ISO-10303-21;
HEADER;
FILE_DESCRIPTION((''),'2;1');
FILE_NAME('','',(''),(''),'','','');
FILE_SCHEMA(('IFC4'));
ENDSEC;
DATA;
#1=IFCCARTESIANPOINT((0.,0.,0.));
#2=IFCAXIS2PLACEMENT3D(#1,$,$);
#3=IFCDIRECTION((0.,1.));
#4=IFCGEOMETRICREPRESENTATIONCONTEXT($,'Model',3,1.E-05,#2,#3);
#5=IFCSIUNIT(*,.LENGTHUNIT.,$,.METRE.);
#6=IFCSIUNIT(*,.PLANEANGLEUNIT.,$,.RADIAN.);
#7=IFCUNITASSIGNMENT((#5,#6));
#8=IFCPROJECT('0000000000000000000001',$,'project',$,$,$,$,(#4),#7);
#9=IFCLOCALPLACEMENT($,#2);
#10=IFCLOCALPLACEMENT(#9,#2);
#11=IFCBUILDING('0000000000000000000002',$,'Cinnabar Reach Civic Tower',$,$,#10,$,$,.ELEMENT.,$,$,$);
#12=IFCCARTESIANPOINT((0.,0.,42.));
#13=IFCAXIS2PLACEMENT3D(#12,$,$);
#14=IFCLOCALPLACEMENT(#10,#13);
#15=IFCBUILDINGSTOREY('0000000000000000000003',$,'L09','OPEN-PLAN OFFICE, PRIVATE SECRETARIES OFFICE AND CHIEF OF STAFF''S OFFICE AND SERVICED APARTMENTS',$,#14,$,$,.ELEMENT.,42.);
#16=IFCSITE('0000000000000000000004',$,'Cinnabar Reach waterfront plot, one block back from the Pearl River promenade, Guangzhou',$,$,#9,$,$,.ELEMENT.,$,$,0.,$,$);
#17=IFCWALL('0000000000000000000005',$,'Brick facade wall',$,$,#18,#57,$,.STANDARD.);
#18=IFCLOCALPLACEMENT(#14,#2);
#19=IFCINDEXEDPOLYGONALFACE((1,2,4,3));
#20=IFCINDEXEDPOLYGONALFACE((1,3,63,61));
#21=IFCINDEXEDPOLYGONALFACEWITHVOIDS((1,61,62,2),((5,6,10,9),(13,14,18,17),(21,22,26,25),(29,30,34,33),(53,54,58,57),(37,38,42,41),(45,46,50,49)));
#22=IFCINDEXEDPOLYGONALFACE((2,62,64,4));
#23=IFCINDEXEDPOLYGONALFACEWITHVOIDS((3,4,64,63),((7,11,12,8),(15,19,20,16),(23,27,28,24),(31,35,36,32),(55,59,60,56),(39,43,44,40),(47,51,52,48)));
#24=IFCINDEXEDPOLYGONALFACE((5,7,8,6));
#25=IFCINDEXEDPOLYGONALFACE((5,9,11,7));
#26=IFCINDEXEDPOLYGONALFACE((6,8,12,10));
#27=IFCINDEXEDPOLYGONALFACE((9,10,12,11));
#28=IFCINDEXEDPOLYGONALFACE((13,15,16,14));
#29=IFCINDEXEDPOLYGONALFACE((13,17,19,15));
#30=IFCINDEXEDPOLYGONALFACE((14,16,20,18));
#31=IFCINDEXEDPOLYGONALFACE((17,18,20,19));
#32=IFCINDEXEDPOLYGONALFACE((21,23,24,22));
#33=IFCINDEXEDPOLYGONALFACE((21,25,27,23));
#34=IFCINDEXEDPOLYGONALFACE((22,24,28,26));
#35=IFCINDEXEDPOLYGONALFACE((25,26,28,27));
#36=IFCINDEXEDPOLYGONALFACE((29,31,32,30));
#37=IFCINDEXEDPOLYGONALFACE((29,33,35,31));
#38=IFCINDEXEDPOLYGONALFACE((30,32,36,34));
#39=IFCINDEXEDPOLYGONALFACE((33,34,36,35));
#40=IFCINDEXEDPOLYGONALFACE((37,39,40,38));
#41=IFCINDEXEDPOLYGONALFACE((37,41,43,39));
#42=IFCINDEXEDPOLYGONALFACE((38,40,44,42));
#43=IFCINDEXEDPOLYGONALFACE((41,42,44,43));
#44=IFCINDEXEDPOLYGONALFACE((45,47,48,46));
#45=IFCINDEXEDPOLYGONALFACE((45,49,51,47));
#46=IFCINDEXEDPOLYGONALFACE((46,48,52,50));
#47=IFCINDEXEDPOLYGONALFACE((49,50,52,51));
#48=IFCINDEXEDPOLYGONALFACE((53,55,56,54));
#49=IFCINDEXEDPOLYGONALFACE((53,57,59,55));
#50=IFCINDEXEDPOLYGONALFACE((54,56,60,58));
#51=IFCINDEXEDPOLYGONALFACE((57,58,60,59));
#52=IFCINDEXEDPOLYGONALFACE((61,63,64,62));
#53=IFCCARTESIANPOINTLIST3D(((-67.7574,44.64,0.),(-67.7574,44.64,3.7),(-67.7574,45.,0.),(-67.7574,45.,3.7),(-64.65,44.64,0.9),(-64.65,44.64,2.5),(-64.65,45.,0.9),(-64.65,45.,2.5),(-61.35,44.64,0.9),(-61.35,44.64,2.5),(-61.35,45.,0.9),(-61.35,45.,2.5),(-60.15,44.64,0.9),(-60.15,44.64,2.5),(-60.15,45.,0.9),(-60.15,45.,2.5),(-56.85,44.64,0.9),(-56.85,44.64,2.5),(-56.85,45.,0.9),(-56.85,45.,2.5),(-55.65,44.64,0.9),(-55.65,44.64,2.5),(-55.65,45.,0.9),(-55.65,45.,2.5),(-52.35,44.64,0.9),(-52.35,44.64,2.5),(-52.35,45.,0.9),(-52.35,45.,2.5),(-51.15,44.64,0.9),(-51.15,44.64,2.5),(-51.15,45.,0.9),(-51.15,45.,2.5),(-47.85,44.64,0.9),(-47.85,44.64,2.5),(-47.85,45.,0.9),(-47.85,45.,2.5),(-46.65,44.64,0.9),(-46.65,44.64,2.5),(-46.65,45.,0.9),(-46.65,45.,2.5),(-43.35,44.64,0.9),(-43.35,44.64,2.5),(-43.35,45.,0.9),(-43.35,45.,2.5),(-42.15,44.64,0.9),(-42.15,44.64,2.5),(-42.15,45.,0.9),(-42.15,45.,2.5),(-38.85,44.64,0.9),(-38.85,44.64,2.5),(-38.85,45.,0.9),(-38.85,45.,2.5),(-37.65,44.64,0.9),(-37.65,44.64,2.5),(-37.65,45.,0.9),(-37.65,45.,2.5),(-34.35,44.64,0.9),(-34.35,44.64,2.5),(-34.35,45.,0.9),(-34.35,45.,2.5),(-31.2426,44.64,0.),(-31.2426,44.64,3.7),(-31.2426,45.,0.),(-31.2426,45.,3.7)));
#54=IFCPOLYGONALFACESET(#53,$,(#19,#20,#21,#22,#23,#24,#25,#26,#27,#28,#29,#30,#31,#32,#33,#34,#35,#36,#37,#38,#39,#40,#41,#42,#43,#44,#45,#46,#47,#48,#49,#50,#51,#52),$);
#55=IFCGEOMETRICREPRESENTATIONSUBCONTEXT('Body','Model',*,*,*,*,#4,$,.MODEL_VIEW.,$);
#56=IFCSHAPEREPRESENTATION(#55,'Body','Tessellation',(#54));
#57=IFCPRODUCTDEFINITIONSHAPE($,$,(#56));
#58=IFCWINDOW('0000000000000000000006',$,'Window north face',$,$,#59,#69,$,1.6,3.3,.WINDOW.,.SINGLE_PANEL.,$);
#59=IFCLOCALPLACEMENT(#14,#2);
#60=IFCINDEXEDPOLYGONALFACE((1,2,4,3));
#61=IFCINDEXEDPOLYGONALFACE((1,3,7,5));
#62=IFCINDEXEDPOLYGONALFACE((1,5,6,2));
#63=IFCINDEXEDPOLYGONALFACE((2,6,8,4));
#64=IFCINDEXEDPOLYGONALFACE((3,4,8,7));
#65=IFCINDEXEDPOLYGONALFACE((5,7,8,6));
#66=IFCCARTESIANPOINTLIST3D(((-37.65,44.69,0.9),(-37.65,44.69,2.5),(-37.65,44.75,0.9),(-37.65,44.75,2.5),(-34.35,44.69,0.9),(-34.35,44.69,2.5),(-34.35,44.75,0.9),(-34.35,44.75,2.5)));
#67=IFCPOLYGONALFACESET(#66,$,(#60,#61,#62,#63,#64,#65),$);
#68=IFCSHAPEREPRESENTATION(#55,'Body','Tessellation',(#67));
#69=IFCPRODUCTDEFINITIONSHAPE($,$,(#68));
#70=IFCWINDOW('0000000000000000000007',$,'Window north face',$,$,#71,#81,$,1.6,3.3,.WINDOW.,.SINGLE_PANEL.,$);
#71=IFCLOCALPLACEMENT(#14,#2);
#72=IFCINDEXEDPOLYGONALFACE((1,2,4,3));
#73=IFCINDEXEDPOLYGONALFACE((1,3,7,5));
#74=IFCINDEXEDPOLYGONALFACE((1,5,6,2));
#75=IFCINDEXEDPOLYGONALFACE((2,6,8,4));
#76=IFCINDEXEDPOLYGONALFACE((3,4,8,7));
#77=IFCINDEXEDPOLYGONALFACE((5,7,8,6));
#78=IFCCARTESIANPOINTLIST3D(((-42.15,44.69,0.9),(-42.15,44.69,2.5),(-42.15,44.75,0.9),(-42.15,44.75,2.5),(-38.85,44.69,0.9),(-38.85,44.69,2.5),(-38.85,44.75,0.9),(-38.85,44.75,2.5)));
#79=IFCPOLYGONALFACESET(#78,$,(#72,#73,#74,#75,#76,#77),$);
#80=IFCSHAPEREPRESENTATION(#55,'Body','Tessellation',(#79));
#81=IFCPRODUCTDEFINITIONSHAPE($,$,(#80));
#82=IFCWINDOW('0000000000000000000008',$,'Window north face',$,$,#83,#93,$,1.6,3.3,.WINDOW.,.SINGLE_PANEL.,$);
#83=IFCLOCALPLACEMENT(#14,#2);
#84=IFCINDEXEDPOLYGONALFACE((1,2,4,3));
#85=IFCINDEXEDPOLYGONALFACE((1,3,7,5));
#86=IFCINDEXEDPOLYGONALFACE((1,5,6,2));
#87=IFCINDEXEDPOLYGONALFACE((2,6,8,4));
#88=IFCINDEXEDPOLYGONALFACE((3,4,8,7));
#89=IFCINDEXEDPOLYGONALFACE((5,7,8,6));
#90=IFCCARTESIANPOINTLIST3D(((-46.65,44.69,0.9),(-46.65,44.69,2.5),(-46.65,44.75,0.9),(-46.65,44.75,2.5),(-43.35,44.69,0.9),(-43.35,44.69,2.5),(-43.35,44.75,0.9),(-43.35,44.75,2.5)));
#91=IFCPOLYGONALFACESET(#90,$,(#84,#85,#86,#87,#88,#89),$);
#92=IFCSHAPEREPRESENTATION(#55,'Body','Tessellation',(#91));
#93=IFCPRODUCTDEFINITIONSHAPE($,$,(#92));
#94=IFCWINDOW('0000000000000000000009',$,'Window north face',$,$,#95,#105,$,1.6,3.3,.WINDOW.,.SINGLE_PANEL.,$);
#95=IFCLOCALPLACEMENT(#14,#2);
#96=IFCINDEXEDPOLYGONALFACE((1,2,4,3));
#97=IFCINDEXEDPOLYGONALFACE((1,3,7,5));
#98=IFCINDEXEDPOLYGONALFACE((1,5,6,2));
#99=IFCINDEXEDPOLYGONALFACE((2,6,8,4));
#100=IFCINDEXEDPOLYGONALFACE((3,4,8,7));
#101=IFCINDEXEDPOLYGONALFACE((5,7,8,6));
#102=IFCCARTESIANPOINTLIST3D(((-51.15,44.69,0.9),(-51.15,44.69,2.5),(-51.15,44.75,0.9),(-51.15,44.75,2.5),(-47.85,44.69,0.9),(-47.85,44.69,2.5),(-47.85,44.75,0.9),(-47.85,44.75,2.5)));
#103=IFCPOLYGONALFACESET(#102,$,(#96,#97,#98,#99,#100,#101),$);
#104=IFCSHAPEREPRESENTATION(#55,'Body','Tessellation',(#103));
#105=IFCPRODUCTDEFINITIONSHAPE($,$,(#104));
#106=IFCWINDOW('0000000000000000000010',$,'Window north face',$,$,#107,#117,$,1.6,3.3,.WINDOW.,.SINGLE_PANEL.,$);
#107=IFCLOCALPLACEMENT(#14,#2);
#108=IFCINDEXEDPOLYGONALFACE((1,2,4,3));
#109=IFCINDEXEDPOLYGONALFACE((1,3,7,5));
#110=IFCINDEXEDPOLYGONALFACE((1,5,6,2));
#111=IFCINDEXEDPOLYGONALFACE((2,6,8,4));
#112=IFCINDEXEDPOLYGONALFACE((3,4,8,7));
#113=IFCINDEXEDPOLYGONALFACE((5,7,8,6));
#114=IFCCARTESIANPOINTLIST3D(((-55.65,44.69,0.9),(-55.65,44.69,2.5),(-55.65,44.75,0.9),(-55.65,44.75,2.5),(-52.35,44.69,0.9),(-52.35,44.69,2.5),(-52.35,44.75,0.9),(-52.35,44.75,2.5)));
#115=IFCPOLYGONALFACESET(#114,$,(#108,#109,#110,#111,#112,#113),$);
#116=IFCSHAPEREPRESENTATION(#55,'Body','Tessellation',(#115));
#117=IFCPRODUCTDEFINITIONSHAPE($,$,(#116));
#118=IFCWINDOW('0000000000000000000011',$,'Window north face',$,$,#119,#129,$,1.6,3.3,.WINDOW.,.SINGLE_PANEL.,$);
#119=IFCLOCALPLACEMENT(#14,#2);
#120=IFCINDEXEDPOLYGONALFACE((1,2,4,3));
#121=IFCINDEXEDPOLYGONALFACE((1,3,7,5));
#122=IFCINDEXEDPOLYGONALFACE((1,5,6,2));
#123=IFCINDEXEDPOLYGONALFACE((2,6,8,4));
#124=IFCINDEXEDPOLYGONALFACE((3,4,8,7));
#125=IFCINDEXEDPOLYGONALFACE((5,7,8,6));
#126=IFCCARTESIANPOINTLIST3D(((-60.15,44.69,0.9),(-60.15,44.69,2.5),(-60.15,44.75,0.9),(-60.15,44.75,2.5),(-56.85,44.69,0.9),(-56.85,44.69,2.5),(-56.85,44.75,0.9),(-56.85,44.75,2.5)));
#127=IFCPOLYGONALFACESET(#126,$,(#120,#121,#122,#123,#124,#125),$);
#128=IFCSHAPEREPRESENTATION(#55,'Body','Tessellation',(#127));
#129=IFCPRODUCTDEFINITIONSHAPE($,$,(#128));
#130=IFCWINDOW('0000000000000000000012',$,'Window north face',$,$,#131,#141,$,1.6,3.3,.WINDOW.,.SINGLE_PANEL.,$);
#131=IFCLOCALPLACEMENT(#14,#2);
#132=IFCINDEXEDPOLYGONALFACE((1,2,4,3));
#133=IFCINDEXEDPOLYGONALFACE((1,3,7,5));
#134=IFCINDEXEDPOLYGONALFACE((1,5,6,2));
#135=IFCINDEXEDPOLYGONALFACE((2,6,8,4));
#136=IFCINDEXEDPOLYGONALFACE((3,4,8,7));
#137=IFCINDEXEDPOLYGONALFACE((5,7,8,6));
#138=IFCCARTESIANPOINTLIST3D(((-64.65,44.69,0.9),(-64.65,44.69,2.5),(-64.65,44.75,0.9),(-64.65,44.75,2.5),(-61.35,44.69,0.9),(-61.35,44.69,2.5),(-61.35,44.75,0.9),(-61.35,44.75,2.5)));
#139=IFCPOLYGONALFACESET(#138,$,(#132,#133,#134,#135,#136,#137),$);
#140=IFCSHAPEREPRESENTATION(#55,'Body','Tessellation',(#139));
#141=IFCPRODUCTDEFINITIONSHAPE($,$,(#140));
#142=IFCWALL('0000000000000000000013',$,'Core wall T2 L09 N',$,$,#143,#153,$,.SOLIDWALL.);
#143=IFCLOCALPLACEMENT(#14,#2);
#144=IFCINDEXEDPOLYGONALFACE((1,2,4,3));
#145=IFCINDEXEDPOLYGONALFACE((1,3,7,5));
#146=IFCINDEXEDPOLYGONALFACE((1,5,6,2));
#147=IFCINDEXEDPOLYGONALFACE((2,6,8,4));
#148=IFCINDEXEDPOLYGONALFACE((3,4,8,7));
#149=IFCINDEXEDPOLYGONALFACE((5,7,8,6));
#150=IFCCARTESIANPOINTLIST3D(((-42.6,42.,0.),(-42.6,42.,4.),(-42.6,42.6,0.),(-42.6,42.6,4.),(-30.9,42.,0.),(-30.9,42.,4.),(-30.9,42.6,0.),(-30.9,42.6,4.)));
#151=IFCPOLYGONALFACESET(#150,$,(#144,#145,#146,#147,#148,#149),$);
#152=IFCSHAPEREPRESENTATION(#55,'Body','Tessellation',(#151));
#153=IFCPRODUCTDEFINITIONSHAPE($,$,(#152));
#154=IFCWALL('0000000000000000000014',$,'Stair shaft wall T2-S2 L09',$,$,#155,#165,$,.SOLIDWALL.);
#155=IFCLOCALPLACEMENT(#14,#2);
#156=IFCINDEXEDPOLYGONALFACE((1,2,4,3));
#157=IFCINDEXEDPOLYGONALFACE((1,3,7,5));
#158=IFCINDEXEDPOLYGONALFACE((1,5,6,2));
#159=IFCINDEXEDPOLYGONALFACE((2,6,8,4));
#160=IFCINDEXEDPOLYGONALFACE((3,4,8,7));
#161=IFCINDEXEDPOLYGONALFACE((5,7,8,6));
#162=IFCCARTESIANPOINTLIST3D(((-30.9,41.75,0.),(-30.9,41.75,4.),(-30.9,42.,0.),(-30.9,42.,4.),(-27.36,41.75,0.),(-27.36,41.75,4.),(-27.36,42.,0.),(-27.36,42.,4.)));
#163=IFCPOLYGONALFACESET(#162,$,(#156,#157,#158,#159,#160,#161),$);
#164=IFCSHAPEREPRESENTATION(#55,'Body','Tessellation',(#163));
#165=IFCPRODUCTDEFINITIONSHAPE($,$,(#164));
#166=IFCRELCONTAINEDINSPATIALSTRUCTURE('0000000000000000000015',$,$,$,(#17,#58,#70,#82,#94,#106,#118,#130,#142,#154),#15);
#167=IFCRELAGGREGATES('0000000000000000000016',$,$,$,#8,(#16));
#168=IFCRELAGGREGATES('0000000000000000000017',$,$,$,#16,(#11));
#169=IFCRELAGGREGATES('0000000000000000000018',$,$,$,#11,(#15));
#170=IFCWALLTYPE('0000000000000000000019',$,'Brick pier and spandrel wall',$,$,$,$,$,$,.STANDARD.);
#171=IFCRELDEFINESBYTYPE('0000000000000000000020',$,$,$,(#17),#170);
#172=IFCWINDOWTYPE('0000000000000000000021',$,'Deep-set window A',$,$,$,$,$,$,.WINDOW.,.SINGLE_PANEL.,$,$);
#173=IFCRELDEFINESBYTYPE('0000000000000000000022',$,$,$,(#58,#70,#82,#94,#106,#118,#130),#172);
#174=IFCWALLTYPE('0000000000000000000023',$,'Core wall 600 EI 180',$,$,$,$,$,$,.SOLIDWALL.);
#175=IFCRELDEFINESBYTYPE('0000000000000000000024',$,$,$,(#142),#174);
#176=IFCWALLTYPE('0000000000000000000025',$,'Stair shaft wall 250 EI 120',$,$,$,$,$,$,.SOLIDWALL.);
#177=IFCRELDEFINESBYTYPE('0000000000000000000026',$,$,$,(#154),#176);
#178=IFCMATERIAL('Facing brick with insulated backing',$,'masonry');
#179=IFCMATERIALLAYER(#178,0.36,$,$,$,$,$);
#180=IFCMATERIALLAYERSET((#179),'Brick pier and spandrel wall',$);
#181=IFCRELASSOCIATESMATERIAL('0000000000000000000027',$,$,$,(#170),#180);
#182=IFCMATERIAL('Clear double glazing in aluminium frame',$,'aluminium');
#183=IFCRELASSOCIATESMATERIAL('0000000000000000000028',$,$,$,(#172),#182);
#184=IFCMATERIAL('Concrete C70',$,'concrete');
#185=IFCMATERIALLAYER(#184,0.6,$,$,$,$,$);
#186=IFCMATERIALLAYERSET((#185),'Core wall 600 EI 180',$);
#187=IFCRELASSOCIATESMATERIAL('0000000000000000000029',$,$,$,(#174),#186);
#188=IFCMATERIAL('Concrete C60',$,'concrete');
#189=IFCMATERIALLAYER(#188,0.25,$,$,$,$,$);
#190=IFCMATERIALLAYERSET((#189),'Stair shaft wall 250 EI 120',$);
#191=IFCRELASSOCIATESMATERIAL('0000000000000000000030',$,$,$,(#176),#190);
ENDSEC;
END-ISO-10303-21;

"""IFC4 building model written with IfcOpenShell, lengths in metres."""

from ifc_helpers import new_model, si_unit, direction, frame, frame_2d, origin, place, context, subcontext, project, spatial, rectangle, extrude, material, layer, layer_set, type_object, element, fill, save


model = new_model("IFC4")

# Units and contexts
model_context = context("Model", 3, precision=1e-05, world=origin(), true_north=direction((0.0, 1.0)))
body_context = subcontext(model_context, "Body", "Model", "MODEL_VIEW")
ifc_project = project(units=[si_unit("LENGTHUNIT", "METRE"), si_unit("PLANEANGLEUNIT", "RADIAN")], contexts=[model_context])

# Site, building, storey
site_placement = place(None, origin())
site = spatial("IfcSite", under=ifc_project, at=site_placement, Name="Cinnabar Reach waterfront plot, one block back from the Pearl River promenade, Guangzhou", CompositionType="ELEMENT", RefElevation=0.0)
building_placement = place(site_placement, origin())
building = spatial("IfcBuilding", under=site, at=building_placement, Name="Cinnabar Reach Civic Tower", CompositionType="ELEMENT")
storey_placement = place(building_placement, frame((0.0, 0.0, 42.0)))
storey = spatial("IfcBuildingStorey", under=building, at=storey_placement, Name="L09", Description="OPEN-PLAN OFFICE, PRIVATE SECRETARIES OFFICE AND CHIEF OF STAFF'S OFFICE AND SERVICED APARTMENTS", CompositionType="ELEMENT", Elevation=42.0)

# Shared definitions
ifc_material_1 = material(Name="Facing brick with insulated backing", Category="masonry")
ifc_layer_1 = layer(ifc_material_1, 0.36)
ifc_layer_set_1 = layer_set([ifc_layer_1], Name="Brick pier and spandrel wall")
wall_type_1 = type_object("IfcWallType", Name="Brick pier and spandrel wall", PredefinedType="STANDARD", material=ifc_layer_set_1)

# Wall, openings, windows
wall_1_placement = place(storey_placement, frame((-31.2426, 44.82, 0.0), z_axis=(0.0, 0.0, 1.0), x_axis=(-1.0, 0.0, 0.0)))
wall_1 = element("IfcWall", 1, at=wall_1_placement, inside=storey, type_object=wall_type_1, Name="Brick facade wall", PredefinedType="STANDARD", context=body_context, shape_type="SweptSolid", body=[
    extrude(rectangle(XDim=36.5148, YDim=0.36, at=frame_2d((18.2574, 0.0))), origin(), (0.0, 0.0, 1.0), 3.7),
])
opening_1_placement = place(wall_1_placement, frame((3.1074, 0.0, 0.9)))
opening_1 = element("IfcOpeningElement", 2, at=opening_1_placement, cuts=wall_1, PredefinedType="OPENING", context=body_context, shape_type="SweptSolid", body=[
    extrude(rectangle(XDim=3.3, YDim=1.6, at=frame_2d((1.65, 0.8))), frame((0.0, 0.19, 0.0), z_axis=(0.0, -1.0, 0.0), x_axis=(1.0, 0.0, 0.0)), (0.0, 0.0, 1.0), 0.38),
])
opening_2_placement = place(wall_1_placement, frame((7.6074, 0.0, 0.9)))
opening_2 = element("IfcOpeningElement", 3, at=opening_2_placement, cuts=wall_1, PredefinedType="OPENING", context=body_context, shape_type="SweptSolid", body=[
    extrude(rectangle(XDim=3.3, YDim=1.6, at=frame_2d((1.65, 0.8))), frame((0.0, 0.19, 0.0), z_axis=(0.0, -1.0, 0.0), x_axis=(1.0, 0.0, 0.0)), (0.0, 0.0, 1.0), 0.38),
])
opening_3_placement = place(wall_1_placement, frame((12.1074, 0.0, 0.9)))
opening_3 = element("IfcOpeningElement", 4, at=opening_3_placement, cuts=wall_1, PredefinedType="OPENING", context=body_context, shape_type="SweptSolid", body=[
    extrude(rectangle(XDim=3.3, YDim=1.6, at=frame_2d((1.65, 0.8))), frame((0.0, 0.19, 0.0), z_axis=(0.0, -1.0, 0.0), x_axis=(1.0, 0.0, 0.0)), (0.0, 0.0, 1.0), 0.38),
])
opening_4_placement = place(wall_1_placement, frame((16.6074, 0.0, 0.9)))
opening_4 = element("IfcOpeningElement", 5, at=opening_4_placement, cuts=wall_1, PredefinedType="OPENING", context=body_context, shape_type="SweptSolid", body=[
    extrude(rectangle(XDim=3.3, YDim=1.6, at=frame_2d((1.65, 0.8))), frame((0.0, 0.19, 0.0), z_axis=(0.0, -1.0, 0.0), x_axis=(1.0, 0.0, 0.0)), (0.0, 0.0, 1.0), 0.38),
])
opening_5_placement = place(wall_1_placement, frame((21.1074, 0.0, 0.9)))
opening_5 = element("IfcOpeningElement", 6, at=opening_5_placement, cuts=wall_1, PredefinedType="OPENING", context=body_context, shape_type="SweptSolid", body=[
    extrude(rectangle(XDim=3.3, YDim=1.6, at=frame_2d((1.65, 0.8))), frame((0.0, 0.19, 0.0), z_axis=(0.0, -1.0, 0.0), x_axis=(1.0, 0.0, 0.0)), (0.0, 0.0, 1.0), 0.38),
])
opening_6_placement = place(wall_1_placement, frame((25.6074, 0.0, 0.9)))
opening_6 = element("IfcOpeningElement", 7, at=opening_6_placement, cuts=wall_1, PredefinedType="OPENING", context=body_context, shape_type="SweptSolid", body=[
    extrude(rectangle(XDim=3.3, YDim=1.6, at=frame_2d((1.65, 0.8))), frame((0.0, 0.19, 0.0), z_axis=(0.0, -1.0, 0.0), x_axis=(1.0, 0.0, 0.0)), (0.0, 0.0, 1.0), 0.38),
])
opening_7_placement = place(wall_1_placement, frame((30.1074, 0.0, 0.9)))
opening_7 = element("IfcOpeningElement", 8, at=opening_7_placement, cuts=wall_1, PredefinedType="OPENING", context=body_context, shape_type="SweptSolid", body=[
    extrude(rectangle(XDim=3.3, YDim=1.6, at=frame_2d((1.65, 0.8))), frame((0.0, 0.19, 0.0), z_axis=(0.0, -1.0, 0.0), x_axis=(1.0, 0.0, 0.0)), (0.0, 0.0, 1.0), 0.38),
])
ifc_material_2 = material(Name="Clear double glazing in aluminium frame", Category="aluminium")
window_type = type_object("IfcWindowType", Name="Deep-set window A", PartitioningType="SINGLE_PANEL", PredefinedType="WINDOW", material=ifc_material_2)
window_1_placement = place(opening_1_placement, origin())
window_1 = element("IfcWindow", 9, at=window_1_placement, inside=storey, type_object=window_type, Name="Window north face", OverallHeight=1.6, OverallWidth=3.3, PartitioningType="SINGLE_PANEL", PredefinedType="WINDOW", context=body_context, shape_type="SweptSolid", body=[
    extrude(rectangle(XDim=3.3, YDim=1.6, at=frame_2d((1.65, 0.8))), frame((0.0, 0.13, 0.0), z_axis=(0.0, -1.0, 0.0), x_axis=(1.0, 0.0, 0.0)), (0.0, 0.0, 1.0), 0.06),
])
fill(opening_1, window_1)
window_2_placement = place(opening_2_placement, origin())
window_2 = element("IfcWindow", 10, at=window_2_placement, inside=storey, type_object=window_type, Name="Window north face", OverallHeight=1.6, OverallWidth=3.3, PartitioningType="SINGLE_PANEL", PredefinedType="WINDOW", context=body_context, shape_type="SweptSolid", body=[
    extrude(rectangle(XDim=3.3, YDim=1.6, at=frame_2d((1.65, 0.8))), frame((0.0, 0.13, 0.0), z_axis=(0.0, -1.0, 0.0), x_axis=(1.0, 0.0, 0.0)), (0.0, 0.0, 1.0), 0.06),
])
fill(opening_2, window_2)
window_3_placement = place(opening_3_placement, origin())
window_3 = element("IfcWindow", 11, at=window_3_placement, inside=storey, type_object=window_type, Name="Window north face", OverallHeight=1.6, OverallWidth=3.3, PartitioningType="SINGLE_PANEL", PredefinedType="WINDOW", context=body_context, shape_type="SweptSolid", body=[
    extrude(rectangle(XDim=3.3, YDim=1.6, at=frame_2d((1.65, 0.8))), frame((0.0, 0.13, 0.0), z_axis=(0.0, -1.0, 0.0), x_axis=(1.0, 0.0, 0.0)), (0.0, 0.0, 1.0), 0.06),
])
fill(opening_3, window_3)
window_4_placement = place(opening_4_placement, origin())
window_4 = element("IfcWindow", 12, at=window_4_placement, inside=storey, type_object=window_type, Name="Window north face", OverallHeight=1.6, OverallWidth=3.3, PartitioningType="SINGLE_PANEL", PredefinedType="WINDOW", context=body_context, shape_type="SweptSolid", body=[
    extrude(rectangle(XDim=3.3, YDim=1.6, at=frame_2d((1.65, 0.8))), frame((0.0, 0.13, 0.0), z_axis=(0.0, -1.0, 0.0), x_axis=(1.0, 0.0, 0.0)), (0.0, 0.0, 1.0), 0.06),
])
fill(opening_4, window_4)
window_5_placement = place(opening_5_placement, origin())
window_5 = element("IfcWindow", 13, at=window_5_placement, inside=storey, type_object=window_type, Name="Window north face", OverallHeight=1.6, OverallWidth=3.3, PartitioningType="SINGLE_PANEL", PredefinedType="WINDOW", context=body_context, shape_type="SweptSolid", body=[
    extrude(rectangle(XDim=3.3, YDim=1.6, at=frame_2d((1.65, 0.8))), frame((0.0, 0.13, 0.0), z_axis=(0.0, -1.0, 0.0), x_axis=(1.0, 0.0, 0.0)), (0.0, 0.0, 1.0), 0.06),
])
fill(opening_5, window_5)
window_6_placement = place(opening_6_placement, origin())
window_6 = element("IfcWindow", 14, at=window_6_placement, inside=storey, type_object=window_type, Name="Window north face", OverallHeight=1.6, OverallWidth=3.3, PartitioningType="SINGLE_PANEL", PredefinedType="WINDOW", context=body_context, shape_type="SweptSolid", body=[
    extrude(rectangle(XDim=3.3, YDim=1.6, at=frame_2d((1.65, 0.8))), frame((0.0, 0.13, 0.0), z_axis=(0.0, -1.0, 0.0), x_axis=(1.0, 0.0, 0.0)), (0.0, 0.0, 1.0), 0.06),
])
fill(opening_6, window_6)
window_7_placement = place(opening_7_placement, origin())
window_7 = element("IfcWindow", 15, at=window_7_placement, inside=storey, type_object=window_type, Name="Window north face", OverallHeight=1.6, OverallWidth=3.3, PartitioningType="SINGLE_PANEL", PredefinedType="WINDOW", context=body_context, shape_type="SweptSolid", body=[
    extrude(rectangle(XDim=3.3, YDim=1.6, at=frame_2d((1.65, 0.8))), frame((0.0, 0.13, 0.0), z_axis=(0.0, -1.0, 0.0), x_axis=(1.0, 0.0, 0.0)), (0.0, 0.0, 1.0), 0.06),
])
fill(opening_7, window_7)

# Walls
ifc_material_3 = material(Name="Concrete C70", Category="concrete")
ifc_layer_2 = layer(ifc_material_3, 0.6)
ifc_layer_set_2 = layer_set([ifc_layer_2], Name="Core wall 600 EI 180")
wall_type_2 = type_object("IfcWallType", Name="Core wall 600 EI 180", PredefinedType="SOLIDWALL", material=ifc_layer_set_2)
wall_2_placement = place(storey_placement, frame((-30.9, 42.3, 0.0), z_axis=(0.0, 0.0, 1.0), x_axis=(-1.0, 0.0, 0.0)))
element("IfcWall", 16, at=wall_2_placement, inside=storey, type_object=wall_type_2, Name="Core wall T2 L09 N", PredefinedType="SOLIDWALL", context=body_context, shape_type="SweptSolid", body=[
    extrude(rectangle(XDim=11.7, YDim=0.6, at=frame_2d((5.85, 0.0))), origin(), (0.0, 0.0, 1.0), 4.0),
])
ifc_material_4 = material(Name="Concrete C60", Category="concrete")
ifc_layer_3 = layer(ifc_material_4, 0.25)
ifc_layer_set_3 = layer_set([ifc_layer_3], Name="Stair shaft wall 250 EI 120")
wall_type_3 = type_object("IfcWallType", Name="Stair shaft wall 250 EI 120", PredefinedType="SOLIDWALL", material=ifc_layer_set_3)
wall_3_placement = place(storey_placement, frame((-27.36, 41.875, 0.0), z_axis=(0.0, 0.0, 1.0), x_axis=(-1.0, 0.0, 0.0)))
element("IfcWall", 17, at=wall_3_placement, inside=storey, type_object=wall_type_3, Name="Stair shaft wall T2-S2 L09", PredefinedType="SOLIDWALL", context=body_context, shape_type="SweptSolid", body=[
    extrude(rectangle(XDim=3.54, YDim=0.25, at=frame_2d((1.77, 0.0))), origin(), (0.0, 0.0, 1.0), 4.0),
])

save(model, "model.ifc")
